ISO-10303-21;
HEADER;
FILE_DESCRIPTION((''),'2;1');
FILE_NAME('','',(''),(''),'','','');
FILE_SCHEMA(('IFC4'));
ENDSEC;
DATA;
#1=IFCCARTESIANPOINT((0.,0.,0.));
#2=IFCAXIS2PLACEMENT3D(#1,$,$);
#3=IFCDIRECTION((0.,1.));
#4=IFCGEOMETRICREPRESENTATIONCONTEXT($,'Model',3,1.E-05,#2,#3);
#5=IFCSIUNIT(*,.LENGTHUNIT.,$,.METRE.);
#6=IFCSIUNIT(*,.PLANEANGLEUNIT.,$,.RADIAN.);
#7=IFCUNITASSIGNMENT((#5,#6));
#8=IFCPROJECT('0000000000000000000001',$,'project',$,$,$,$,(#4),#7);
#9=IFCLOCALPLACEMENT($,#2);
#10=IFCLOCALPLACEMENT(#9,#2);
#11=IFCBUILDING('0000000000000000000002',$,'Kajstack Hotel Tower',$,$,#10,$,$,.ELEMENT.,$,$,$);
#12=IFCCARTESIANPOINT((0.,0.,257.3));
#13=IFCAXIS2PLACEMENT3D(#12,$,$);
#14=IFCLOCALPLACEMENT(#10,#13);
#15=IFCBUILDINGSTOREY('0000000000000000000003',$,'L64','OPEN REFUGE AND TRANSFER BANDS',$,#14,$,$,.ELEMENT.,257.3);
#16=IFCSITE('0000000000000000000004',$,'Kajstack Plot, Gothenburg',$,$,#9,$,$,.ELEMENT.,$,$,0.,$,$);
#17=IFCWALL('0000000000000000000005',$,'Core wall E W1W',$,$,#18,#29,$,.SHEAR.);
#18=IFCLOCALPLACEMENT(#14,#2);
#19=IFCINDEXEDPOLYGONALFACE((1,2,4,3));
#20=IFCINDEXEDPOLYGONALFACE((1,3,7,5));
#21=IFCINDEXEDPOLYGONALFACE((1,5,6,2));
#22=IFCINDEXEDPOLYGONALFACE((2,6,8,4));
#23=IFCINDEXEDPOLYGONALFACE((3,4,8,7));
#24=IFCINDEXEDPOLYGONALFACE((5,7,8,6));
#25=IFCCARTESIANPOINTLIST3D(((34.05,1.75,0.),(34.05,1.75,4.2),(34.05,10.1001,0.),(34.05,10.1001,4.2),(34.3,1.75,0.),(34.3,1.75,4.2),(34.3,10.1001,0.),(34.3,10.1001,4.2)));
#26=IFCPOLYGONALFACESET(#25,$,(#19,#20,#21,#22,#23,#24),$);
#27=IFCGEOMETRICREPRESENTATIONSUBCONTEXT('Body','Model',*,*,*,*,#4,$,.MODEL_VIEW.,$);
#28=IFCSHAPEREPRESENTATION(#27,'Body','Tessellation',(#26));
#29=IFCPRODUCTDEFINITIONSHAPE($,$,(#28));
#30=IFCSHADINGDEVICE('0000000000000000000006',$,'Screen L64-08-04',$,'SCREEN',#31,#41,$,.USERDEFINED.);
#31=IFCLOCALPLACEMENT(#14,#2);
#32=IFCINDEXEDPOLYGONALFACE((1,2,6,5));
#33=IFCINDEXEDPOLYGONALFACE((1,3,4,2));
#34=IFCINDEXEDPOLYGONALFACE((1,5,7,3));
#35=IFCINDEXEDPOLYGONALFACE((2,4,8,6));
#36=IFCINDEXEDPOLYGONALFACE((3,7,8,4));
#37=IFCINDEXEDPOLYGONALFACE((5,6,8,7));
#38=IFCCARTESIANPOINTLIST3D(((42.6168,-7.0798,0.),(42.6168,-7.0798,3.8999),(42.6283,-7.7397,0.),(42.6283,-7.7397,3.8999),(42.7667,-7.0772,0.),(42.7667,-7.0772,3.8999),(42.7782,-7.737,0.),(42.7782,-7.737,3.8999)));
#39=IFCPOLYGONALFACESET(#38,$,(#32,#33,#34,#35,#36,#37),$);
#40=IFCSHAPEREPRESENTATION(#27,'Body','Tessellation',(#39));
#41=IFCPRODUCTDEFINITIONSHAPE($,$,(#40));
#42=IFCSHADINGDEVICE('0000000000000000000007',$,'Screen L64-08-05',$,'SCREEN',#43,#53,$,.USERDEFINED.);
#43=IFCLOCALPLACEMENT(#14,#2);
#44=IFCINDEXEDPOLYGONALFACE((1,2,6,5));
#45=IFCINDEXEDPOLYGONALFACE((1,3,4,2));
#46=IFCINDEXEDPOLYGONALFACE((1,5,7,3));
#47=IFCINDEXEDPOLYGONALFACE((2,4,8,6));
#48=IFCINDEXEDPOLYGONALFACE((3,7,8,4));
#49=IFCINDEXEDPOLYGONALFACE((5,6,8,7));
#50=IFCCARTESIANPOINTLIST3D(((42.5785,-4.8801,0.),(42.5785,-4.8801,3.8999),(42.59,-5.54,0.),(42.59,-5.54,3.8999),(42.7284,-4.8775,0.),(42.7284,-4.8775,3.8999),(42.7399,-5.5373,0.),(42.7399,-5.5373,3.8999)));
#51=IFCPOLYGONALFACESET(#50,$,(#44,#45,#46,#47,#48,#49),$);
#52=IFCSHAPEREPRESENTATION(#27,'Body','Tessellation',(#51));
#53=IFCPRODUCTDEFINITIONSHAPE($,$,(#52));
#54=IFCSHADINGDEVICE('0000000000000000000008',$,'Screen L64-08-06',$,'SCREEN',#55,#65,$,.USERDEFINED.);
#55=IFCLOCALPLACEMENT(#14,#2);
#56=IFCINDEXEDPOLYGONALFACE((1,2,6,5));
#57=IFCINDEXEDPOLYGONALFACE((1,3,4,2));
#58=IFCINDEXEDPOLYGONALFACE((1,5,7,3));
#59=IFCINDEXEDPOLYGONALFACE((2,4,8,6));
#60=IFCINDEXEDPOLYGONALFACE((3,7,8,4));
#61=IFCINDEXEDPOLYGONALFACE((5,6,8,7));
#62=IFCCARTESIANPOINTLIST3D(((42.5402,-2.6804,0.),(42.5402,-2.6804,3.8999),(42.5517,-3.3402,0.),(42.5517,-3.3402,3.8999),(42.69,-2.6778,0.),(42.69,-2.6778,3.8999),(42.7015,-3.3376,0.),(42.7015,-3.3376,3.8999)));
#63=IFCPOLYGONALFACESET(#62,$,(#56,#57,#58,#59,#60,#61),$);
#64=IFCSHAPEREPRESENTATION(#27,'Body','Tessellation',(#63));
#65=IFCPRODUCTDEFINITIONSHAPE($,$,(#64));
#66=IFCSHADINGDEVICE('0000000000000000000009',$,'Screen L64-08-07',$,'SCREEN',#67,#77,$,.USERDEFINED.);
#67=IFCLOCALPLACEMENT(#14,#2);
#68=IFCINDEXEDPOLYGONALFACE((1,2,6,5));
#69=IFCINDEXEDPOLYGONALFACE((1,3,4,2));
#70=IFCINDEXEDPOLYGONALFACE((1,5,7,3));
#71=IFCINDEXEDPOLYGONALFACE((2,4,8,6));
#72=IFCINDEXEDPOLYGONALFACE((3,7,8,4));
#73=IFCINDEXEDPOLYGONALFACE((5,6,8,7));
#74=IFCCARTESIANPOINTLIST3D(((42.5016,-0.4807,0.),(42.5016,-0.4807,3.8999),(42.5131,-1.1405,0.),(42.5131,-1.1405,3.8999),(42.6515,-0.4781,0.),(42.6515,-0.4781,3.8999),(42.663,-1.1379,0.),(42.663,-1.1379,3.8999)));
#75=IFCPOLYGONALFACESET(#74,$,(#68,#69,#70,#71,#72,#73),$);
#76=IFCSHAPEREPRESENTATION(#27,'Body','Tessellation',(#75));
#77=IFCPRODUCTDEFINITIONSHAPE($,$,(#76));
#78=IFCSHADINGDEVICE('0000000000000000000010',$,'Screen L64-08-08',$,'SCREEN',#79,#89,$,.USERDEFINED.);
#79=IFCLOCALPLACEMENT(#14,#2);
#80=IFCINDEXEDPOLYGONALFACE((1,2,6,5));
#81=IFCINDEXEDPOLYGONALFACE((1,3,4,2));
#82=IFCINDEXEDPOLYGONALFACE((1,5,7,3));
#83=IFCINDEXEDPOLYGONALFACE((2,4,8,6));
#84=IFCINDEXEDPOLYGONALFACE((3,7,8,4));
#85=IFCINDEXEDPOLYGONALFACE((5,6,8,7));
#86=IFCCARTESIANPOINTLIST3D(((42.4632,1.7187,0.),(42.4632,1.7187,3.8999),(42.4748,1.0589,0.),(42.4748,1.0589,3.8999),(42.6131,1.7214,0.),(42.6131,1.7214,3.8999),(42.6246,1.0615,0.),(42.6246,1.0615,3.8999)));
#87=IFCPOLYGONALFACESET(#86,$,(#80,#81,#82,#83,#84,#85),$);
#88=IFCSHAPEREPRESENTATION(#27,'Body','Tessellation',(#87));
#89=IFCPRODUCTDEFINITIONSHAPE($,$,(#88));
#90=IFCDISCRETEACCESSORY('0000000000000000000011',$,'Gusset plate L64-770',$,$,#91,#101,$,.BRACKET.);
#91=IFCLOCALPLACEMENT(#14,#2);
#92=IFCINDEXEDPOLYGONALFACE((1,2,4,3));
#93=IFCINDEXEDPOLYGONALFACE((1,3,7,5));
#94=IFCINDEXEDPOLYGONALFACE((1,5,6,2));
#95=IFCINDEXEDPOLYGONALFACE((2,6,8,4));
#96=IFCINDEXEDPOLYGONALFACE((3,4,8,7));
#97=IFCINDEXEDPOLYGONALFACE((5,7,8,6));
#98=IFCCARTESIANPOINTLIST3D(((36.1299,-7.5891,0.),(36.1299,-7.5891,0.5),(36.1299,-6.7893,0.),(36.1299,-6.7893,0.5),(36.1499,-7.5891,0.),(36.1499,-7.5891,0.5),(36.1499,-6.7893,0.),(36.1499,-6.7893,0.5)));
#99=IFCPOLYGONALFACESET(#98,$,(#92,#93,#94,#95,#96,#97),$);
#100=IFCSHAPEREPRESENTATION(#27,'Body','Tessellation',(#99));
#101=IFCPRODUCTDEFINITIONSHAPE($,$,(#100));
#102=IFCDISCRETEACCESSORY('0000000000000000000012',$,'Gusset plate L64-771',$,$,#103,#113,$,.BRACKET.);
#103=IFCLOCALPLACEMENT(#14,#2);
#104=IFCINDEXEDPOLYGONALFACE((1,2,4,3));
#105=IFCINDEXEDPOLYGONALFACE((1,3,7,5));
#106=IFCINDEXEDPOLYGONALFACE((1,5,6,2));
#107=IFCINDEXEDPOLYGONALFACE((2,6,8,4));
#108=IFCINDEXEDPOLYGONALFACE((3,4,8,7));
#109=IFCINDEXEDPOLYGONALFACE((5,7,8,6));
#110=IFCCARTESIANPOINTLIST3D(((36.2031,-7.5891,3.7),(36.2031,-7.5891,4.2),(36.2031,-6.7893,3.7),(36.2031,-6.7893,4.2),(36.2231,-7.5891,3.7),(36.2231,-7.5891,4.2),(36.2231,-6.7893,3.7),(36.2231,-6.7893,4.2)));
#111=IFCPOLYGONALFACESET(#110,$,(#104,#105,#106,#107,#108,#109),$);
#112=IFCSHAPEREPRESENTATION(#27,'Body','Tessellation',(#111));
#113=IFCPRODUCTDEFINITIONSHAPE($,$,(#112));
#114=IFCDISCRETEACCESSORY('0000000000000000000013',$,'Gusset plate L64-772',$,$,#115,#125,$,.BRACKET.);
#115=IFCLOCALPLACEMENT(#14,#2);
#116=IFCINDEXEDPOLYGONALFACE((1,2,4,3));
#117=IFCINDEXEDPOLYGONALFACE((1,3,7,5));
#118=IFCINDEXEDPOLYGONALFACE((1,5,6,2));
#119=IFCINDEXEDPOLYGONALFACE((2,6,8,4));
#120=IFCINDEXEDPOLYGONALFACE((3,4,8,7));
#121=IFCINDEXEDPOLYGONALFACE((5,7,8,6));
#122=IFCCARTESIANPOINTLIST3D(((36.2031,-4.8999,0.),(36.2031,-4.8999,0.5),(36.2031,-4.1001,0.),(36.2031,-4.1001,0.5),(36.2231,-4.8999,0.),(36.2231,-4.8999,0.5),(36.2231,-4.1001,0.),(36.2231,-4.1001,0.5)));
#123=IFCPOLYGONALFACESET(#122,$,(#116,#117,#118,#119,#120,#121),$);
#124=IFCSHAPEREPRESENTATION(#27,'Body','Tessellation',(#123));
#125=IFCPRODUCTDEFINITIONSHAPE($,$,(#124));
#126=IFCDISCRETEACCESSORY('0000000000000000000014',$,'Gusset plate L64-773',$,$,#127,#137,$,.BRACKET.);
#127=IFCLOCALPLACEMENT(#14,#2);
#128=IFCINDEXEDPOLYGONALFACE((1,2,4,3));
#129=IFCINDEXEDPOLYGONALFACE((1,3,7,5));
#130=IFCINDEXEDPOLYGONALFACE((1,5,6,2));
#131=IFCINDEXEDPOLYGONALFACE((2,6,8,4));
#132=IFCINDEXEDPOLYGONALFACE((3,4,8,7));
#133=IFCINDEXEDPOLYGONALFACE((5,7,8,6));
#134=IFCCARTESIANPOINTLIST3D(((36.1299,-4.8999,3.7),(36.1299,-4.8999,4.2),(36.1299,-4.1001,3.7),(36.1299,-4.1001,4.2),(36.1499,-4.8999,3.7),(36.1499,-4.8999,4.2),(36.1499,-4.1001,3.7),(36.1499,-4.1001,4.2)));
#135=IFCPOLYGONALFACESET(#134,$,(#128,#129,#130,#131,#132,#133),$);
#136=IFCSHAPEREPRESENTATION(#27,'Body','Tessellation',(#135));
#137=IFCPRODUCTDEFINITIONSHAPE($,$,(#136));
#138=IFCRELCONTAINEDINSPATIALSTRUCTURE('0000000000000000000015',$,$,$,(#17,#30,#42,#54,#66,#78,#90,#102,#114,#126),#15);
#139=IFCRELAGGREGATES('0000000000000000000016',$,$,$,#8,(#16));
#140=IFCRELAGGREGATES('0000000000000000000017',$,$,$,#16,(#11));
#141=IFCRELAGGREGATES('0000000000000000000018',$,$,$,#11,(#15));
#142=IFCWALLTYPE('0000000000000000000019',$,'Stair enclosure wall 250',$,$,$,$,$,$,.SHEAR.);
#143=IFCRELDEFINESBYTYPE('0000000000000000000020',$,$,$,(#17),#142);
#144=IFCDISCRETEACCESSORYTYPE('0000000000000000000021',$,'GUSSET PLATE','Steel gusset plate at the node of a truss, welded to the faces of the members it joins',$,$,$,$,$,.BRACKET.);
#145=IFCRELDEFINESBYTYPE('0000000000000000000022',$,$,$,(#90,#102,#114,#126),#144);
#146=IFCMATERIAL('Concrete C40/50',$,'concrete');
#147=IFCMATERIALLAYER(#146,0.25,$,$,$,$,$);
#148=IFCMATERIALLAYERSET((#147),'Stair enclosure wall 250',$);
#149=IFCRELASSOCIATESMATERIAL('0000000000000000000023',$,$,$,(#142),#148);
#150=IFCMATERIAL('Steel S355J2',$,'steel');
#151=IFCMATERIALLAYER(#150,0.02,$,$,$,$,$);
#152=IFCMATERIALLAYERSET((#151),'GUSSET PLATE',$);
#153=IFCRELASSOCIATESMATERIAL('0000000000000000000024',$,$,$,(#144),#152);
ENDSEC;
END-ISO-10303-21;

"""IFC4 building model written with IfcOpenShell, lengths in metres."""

from ifc_helpers import new_model, si_unit, direction, frame, frame_2d, origin, origin_2d, place, context, subcontext, project, spatial, polyline, rectangle, outline, extrude, material, layer, layer_set, type_object, element, save


model = new_model("IFC4")

# Units and contexts
model_context = context("Model", 3, precision=1e-05, world=origin(), true_north=direction((0.0, 1.0)))
body_context = subcontext(model_context, "Body", "Model", "MODEL_VIEW")
ifc_project = project(units=[si_unit("LENGTHUNIT", "METRE"), si_unit("PLANEANGLEUNIT", "RADIAN")], contexts=[model_context])

# Site, building, storey
site_placement = place(None, origin())
site = spatial("IfcSite", under=ifc_project, at=site_placement, Name="Kajstack Plot, Gothenburg", CompositionType="ELEMENT", RefElevation=0.0)
building_placement = place(site_placement, origin())
building = spatial("IfcBuilding", under=site, at=building_placement, Name="Kajstack Hotel Tower", CompositionType="ELEMENT")
storey_placement = place(building_placement, frame((0.0, 0.0, 257.3)))
storey = spatial("IfcBuildingStorey", under=building, at=storey_placement, Name="L64", Description="OPEN REFUGE AND TRANSFER BANDS", CompositionType="ELEMENT", Elevation=257.3)

# Shared definitions
ifc_material_1 = material(Name="Steel S355J2", Category="steel")

# Wall
ifc_material_2 = material(Name="Concrete C40/50", Category="concrete")
ifc_layer_1 = layer(ifc_material_2, 0.25)
ifc_layer_set_1 = layer_set([ifc_layer_1], Name="Stair enclosure wall 250")
wall_type_1 = type_object("IfcWallType", Name="Stair enclosure wall 250", PredefinedType="SHEAR", material=ifc_layer_set_1)
wall_1_placement = place(storey_placement, frame((34.175, 1.75, 0.0), z_axis=(0.0, 0.0, 1.0), x_axis=(0.0, 1.0, 0.0)))
element("IfcWall", 1, at=wall_1_placement, inside=storey, type_object=wall_type_1, Name="Core wall E W1W", PredefinedType="SHEAR", context=body_context, shape_type="SweptSolid", body=[
    extrude(rectangle(XDim=8.3501, YDim=0.25, at=frame_2d((4.175, 0.0))), origin(), (0.0, 0.0, 1.0), 4.2),
])

# Shading devices
for number, where, z_axis, x_axis, name in (
    (2, (42.6975, -7.4084, 0.0), (0.0, 0.0, 1.0), (-0.017455, 0.999848, 0.0), "Screen L64-08-04"),
    (3, (42.6592, -5.2087, 0.0), (0.0, 0.0, 1.0), (-0.017455, 0.999848, 0.0), "Screen L64-08-05"),
    (4, (42.6208, -3.009, 0.0), (0.0, 0.0, 1.0), (-0.017455, 0.999848, 0.0), "Screen L64-08-06"),
    (5, (42.5823, -0.8093, 0.0), (0.0, 0.0, 1.0), (-0.017455, 0.999848, 0.0), "Screen L64-08-07"),
    (6, (42.5439, 1.3901, 0.0), (0.0, 0.0, 1.0), (-0.017455, 0.999848, 0.0), "Screen L64-08-08"),
):
    element("IfcShadingDevice", number, at=place(storey_placement, frame(where, z_axis=z_axis, x_axis=x_axis)), inside=storey, Name=name, ObjectType="SCREEN", PredefinedType="USERDEFINED", context=body_context, shape_type="SweptSolid", body=[
        extrude(rectangle(XDim=0.6599, YDim=0.1499, at=origin_2d()), origin(), (0.0, 0.0, 1.0), 3.8999),
    ])

# Discrete accessories
ifc_layer_2 = layer(ifc_material_1, 0.02)
ifc_layer_set_2 = layer_set([ifc_layer_2], Name="GUSSET PLATE")
discrete_accessory_type = type_object("IfcDiscreteAccessoryType", Name="GUSSET PLATE", Description="Steel gusset plate at the node of a truss, welded to the faces of the members it joins", PredefinedType="BRACKET", material=ifc_layer_set_2)
for number, where, z_axis, x_axis, name in (
    (7, (36.1299, -7.1892, 0.0), (1.0, 0.0, 0.0), (0.0, 1.0, 0.0), "Gusset plate L64-770"),
    (8, (36.2031, -7.1892, 3.7), (1.0, 0.0, 0.0), (0.0, 1.0, 0.0), "Gusset plate L64-771"),
    (9, (36.2031, -4.5, 0.0), (1.0, 0.0, 0.0), (0.0, 1.0, 0.0), "Gusset plate L64-772"),
    (10, (36.1299, -4.5, 3.7), (1.0, 0.0, 0.0), (0.0, 1.0, 0.0), "Gusset plate L64-773"),
):
    element("IfcDiscreteAccessory", number, at=place(storey_placement, frame(where, z_axis=z_axis, x_axis=x_axis)), inside=storey, type_object=discrete_accessory_type, Name=name, PredefinedType="BRACKET", context=body_context, shape_type="SweptSolid", body=[
        extrude(outline(polyline([(-0.3999, 0.0), (0.3999, 0.0), (0.3999, 0.5), (-0.3999, 0.5), (-0.3999, 0.0)])), origin(), (0.0, 0.0, 1.0), 0.02),
    ])

save(model, "model.ifc")
